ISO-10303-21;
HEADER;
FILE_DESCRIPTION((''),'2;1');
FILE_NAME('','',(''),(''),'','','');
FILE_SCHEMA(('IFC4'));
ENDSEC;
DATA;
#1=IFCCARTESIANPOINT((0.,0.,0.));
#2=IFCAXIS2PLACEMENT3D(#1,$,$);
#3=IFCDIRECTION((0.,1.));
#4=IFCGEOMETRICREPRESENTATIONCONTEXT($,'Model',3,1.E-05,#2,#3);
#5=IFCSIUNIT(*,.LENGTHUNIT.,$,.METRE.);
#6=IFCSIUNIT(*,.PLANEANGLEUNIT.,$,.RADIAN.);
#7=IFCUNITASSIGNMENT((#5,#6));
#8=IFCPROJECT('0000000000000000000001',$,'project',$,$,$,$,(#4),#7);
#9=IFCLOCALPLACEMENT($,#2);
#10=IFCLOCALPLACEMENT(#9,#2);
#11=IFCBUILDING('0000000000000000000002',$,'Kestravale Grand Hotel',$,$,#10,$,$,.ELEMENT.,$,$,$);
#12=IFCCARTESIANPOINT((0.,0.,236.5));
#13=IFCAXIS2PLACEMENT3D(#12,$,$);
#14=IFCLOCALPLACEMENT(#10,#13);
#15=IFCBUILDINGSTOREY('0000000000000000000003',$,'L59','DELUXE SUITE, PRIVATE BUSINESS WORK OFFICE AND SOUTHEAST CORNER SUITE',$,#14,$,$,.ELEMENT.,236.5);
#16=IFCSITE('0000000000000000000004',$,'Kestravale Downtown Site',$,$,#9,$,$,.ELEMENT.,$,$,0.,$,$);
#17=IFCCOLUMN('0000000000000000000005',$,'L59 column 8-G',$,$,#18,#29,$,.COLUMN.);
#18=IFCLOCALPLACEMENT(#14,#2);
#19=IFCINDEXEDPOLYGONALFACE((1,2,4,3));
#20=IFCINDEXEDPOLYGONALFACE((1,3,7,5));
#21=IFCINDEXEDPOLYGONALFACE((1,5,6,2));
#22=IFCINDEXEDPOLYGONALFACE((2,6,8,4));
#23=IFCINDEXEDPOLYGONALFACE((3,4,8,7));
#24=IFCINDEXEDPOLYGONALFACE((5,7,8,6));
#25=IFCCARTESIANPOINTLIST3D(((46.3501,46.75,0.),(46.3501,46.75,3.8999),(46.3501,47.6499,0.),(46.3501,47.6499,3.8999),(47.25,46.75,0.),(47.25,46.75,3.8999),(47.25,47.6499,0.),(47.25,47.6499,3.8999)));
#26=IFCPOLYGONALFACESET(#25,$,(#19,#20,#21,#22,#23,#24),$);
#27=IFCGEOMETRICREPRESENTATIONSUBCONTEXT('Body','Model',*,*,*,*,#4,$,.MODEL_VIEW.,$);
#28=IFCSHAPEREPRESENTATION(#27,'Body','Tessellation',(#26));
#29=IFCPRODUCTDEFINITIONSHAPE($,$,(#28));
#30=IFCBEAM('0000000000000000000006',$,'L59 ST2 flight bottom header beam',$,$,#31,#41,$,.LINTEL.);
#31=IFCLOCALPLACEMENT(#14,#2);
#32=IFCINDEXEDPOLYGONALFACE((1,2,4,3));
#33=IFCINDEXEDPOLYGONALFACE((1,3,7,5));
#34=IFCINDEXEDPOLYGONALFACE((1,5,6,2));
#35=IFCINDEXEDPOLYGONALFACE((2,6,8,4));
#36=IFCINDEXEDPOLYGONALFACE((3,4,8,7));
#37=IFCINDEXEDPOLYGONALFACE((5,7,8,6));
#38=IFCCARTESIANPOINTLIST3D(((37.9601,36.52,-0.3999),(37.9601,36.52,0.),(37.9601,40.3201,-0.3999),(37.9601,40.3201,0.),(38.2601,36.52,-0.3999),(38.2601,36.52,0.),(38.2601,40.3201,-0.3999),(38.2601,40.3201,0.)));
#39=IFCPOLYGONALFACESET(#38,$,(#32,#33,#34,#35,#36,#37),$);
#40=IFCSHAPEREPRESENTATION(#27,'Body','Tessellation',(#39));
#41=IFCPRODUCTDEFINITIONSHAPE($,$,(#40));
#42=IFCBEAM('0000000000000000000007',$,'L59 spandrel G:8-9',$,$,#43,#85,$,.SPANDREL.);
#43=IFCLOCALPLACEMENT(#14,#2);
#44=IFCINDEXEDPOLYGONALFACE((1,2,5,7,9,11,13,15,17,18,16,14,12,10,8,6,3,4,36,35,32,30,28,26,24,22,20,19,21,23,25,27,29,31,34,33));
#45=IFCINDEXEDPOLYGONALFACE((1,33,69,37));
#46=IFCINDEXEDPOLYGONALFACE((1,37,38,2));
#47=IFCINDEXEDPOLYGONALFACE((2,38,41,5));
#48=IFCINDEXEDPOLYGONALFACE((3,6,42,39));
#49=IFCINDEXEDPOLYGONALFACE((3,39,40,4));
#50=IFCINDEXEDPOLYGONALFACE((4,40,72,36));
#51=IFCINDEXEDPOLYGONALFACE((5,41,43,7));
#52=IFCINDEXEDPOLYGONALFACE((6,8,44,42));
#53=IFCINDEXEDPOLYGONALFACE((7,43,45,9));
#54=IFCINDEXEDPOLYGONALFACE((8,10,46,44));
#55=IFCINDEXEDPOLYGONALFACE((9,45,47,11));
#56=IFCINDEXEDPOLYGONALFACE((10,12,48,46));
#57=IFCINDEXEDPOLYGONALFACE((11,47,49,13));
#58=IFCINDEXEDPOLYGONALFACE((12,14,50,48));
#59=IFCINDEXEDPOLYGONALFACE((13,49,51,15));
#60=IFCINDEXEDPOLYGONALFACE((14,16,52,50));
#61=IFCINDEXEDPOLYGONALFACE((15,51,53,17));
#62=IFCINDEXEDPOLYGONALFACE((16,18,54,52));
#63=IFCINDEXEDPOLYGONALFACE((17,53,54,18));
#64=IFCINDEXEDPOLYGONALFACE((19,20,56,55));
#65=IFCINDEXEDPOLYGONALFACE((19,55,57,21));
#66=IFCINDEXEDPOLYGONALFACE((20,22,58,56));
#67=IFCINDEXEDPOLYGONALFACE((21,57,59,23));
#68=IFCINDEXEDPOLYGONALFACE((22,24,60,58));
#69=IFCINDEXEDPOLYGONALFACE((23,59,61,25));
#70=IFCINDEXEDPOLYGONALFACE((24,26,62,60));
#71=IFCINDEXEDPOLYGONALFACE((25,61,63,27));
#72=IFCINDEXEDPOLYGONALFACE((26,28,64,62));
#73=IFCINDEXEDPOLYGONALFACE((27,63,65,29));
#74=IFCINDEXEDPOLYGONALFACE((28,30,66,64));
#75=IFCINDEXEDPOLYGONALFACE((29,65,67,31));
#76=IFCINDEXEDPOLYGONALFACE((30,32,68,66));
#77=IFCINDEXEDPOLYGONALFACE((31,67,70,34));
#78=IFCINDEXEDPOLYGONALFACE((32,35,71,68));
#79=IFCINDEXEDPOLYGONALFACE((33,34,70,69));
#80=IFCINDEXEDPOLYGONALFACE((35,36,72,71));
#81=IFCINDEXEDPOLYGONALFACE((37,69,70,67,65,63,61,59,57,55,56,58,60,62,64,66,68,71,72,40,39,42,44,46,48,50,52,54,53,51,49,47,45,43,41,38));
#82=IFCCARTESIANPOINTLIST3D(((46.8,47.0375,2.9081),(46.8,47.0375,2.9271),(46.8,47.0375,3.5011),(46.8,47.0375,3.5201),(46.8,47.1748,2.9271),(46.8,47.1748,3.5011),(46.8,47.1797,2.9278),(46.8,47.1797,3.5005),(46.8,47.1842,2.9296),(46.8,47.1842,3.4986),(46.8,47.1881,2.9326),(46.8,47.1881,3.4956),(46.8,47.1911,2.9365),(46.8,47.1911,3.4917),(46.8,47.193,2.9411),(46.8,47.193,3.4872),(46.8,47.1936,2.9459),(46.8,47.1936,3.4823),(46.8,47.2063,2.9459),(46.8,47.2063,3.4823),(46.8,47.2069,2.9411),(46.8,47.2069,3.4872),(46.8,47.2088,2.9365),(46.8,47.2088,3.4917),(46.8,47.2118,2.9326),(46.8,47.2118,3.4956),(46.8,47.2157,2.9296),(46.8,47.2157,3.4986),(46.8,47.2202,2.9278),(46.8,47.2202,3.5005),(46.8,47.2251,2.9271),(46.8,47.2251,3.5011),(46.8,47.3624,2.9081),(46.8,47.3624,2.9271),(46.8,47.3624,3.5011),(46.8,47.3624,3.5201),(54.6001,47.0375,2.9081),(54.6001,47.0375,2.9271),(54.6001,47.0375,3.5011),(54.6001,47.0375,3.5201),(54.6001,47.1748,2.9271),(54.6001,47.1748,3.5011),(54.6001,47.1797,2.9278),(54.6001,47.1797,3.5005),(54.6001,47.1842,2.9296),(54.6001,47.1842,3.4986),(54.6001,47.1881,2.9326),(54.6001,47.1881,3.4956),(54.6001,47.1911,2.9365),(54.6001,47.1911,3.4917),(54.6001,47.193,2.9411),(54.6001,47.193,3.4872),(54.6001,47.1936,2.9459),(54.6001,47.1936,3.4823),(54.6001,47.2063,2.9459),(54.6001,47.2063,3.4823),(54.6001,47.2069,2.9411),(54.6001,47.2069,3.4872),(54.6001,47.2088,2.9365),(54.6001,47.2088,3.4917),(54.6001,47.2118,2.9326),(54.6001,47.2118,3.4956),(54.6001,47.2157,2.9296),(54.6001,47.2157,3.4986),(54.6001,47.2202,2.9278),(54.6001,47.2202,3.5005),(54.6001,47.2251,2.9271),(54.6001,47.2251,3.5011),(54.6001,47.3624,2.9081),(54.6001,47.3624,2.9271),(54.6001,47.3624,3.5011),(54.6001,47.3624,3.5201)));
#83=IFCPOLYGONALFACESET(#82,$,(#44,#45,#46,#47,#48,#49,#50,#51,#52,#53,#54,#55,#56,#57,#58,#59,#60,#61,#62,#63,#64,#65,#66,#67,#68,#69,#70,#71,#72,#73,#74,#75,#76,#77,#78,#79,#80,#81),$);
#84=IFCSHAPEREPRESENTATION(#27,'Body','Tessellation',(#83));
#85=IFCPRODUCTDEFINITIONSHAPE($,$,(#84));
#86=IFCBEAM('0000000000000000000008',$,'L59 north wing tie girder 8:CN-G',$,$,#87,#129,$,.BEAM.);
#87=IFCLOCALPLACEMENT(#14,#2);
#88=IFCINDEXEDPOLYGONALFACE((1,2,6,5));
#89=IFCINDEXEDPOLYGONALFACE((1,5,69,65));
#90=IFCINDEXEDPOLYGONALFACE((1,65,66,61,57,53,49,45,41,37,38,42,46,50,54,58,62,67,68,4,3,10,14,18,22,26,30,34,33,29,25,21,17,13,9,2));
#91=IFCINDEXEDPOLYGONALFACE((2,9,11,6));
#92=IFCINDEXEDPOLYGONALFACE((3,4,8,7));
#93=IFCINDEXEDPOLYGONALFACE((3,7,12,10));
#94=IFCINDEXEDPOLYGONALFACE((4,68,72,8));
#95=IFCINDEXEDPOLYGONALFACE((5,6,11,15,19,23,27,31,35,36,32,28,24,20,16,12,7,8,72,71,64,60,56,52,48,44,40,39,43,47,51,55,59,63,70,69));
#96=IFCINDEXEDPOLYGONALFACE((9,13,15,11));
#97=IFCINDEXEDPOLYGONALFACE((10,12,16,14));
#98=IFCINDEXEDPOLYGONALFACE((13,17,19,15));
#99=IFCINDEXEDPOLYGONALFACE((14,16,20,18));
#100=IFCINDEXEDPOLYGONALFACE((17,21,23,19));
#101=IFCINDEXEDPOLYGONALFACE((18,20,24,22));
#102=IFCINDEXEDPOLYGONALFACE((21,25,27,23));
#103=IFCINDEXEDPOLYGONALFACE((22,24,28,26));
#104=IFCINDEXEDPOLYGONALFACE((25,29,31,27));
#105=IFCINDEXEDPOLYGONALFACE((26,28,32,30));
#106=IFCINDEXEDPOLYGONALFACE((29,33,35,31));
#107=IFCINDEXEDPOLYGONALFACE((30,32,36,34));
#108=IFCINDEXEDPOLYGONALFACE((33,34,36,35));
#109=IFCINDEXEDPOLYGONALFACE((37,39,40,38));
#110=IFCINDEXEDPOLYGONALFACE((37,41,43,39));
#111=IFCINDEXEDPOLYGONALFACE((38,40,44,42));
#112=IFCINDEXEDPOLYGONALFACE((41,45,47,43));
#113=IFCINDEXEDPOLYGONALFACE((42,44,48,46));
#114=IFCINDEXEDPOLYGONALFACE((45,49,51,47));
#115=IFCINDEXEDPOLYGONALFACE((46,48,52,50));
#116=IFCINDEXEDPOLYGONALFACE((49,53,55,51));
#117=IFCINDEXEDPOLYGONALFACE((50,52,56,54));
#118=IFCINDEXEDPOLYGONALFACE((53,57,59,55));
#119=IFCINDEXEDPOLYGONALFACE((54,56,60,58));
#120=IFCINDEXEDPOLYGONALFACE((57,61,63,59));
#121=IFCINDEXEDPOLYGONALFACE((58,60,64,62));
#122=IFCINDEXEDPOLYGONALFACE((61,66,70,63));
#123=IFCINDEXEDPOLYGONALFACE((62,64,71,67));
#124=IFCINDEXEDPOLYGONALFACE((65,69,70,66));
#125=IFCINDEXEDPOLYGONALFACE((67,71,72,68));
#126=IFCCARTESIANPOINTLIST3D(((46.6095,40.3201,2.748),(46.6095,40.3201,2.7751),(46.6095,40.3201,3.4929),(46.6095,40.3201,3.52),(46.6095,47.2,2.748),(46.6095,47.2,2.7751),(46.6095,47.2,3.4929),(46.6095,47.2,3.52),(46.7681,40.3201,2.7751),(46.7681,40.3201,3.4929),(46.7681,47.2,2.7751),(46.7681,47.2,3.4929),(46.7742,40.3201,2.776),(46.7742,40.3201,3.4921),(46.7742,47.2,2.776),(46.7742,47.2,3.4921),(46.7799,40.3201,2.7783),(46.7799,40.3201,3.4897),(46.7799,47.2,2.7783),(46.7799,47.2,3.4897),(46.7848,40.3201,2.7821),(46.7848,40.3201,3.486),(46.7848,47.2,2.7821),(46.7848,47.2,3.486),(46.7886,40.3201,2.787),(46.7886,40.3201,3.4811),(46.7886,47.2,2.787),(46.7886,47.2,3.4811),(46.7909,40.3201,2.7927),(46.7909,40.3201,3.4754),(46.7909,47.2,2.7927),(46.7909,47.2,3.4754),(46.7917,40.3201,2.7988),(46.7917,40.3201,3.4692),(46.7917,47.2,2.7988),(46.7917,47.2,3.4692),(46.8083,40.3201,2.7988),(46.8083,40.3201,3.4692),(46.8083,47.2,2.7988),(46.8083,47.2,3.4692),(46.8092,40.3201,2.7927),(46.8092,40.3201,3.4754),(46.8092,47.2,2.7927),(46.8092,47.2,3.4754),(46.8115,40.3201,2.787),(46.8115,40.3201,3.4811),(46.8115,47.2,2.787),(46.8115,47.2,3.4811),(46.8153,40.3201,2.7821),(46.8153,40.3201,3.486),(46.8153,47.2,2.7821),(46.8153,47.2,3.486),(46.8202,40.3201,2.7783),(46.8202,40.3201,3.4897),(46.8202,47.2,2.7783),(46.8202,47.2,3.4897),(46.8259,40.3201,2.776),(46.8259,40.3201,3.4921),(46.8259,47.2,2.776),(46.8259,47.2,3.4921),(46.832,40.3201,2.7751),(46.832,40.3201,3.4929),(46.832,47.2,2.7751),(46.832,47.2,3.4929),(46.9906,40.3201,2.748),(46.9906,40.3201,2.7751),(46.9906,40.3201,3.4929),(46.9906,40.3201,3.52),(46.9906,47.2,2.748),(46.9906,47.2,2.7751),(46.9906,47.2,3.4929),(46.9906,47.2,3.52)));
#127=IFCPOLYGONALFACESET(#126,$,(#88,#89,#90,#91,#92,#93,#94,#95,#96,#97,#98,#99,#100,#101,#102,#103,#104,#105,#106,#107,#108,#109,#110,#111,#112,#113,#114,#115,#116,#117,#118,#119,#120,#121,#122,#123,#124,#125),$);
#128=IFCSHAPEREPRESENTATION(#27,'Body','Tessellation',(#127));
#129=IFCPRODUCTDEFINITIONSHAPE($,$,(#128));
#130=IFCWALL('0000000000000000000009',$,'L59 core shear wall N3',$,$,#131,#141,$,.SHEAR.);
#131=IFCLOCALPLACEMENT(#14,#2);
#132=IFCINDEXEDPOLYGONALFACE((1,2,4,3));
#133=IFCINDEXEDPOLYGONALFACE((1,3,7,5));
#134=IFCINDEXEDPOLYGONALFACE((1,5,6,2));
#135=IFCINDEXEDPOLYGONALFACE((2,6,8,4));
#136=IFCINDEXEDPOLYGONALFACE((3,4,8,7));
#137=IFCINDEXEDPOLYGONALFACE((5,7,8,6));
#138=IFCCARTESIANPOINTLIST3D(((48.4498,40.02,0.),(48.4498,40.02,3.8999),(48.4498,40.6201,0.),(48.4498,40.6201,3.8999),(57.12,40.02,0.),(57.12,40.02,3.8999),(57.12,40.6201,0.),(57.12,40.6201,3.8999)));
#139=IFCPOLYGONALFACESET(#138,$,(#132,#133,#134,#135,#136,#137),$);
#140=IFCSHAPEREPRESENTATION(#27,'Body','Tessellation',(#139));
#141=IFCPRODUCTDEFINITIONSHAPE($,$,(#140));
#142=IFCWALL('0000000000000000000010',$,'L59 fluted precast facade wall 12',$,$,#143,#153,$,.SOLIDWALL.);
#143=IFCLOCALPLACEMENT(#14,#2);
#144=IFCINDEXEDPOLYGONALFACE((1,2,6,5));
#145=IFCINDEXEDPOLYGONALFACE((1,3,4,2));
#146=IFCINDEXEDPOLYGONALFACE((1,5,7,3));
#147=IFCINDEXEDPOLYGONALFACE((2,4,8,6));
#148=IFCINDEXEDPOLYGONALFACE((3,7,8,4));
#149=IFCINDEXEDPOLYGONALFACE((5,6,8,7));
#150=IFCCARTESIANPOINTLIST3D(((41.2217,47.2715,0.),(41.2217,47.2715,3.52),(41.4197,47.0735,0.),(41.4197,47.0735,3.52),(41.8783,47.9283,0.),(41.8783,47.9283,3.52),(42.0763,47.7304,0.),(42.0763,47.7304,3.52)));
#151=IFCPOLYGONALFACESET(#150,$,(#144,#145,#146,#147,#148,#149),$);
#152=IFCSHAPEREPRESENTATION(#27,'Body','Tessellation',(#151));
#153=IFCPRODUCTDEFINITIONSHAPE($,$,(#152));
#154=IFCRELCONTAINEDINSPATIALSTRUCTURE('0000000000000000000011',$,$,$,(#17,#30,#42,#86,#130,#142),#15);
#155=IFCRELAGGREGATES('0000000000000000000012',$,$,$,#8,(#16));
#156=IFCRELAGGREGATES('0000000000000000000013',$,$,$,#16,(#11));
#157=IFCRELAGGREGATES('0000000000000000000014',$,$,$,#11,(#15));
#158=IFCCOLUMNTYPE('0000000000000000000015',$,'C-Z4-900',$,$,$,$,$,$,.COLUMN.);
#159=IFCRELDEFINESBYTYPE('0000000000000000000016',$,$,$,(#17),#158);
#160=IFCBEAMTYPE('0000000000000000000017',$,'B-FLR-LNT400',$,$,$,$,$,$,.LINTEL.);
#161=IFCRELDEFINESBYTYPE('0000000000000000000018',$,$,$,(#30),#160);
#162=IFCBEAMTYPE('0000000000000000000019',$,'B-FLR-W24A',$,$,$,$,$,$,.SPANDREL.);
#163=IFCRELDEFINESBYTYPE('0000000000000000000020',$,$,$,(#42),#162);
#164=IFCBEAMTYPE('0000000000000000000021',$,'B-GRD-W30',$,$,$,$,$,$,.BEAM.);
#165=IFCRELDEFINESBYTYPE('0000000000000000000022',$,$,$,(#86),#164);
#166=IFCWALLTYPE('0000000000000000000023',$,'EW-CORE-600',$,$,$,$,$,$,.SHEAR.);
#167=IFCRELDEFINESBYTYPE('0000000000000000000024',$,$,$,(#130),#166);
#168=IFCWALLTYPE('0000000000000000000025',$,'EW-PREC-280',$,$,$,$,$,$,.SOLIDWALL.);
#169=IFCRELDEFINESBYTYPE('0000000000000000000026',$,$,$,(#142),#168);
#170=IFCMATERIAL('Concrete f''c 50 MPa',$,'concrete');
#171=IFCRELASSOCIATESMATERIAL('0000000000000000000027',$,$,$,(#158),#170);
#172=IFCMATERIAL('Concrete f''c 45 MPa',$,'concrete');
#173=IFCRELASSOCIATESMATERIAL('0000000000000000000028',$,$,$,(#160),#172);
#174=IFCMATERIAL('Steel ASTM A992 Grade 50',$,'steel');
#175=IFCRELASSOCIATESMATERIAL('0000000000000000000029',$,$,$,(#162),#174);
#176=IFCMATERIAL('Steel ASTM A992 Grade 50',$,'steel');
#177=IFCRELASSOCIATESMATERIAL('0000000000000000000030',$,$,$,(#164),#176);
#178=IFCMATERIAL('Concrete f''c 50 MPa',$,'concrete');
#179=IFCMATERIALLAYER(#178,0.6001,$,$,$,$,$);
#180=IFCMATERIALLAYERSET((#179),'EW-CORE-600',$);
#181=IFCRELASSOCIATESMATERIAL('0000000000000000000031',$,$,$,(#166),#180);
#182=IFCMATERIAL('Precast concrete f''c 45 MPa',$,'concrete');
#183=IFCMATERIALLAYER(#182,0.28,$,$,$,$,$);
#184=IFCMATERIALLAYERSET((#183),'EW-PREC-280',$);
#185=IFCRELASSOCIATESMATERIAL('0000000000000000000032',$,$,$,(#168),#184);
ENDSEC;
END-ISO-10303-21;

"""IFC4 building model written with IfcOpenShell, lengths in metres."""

from ifc_helpers import new_model, si_unit, direction, frame, frame_2d, origin, origin_2d, place, context, subcontext, project, spatial, rectangle, i_section, extrude, material, layer, layer_set, material_profile, profile_set, type_object, element, save


model = new_model("IFC4")

# Units and contexts
model_context = context("Model", 3, precision=1e-05, world=origin(), true_north=direction((0.0, 1.0)))
body_context = subcontext(model_context, "Body", "Model", "MODEL_VIEW")
ifc_project = project(units=[si_unit("LENGTHUNIT", "METRE"), si_unit("PLANEANGLEUNIT", "RADIAN")], contexts=[model_context])

# Site, building, storey
site_placement = place(None, origin())
site = spatial("IfcSite", under=ifc_project, at=site_placement, Name="Kestravale Downtown Site", CompositionType="ELEMENT", RefElevation=0.0)
building_placement = place(site_placement, origin())
building = spatial("IfcBuilding", under=site, at=building_placement, Name="Kestravale Grand Hotel", CompositionType="ELEMENT")
storey_placement = place(building_placement, frame((0.0, 0.0, 236.5)))
storey = spatial("IfcBuildingStorey", under=building, at=storey_placement, Name="L59", Description="DELUXE SUITE, PRIVATE BUSINESS WORK OFFICE AND SOUTHEAST CORNER SUITE", CompositionType="ELEMENT", Elevation=236.5)

# Column
ifc_material_1 = material(Name="Concrete f'c 50 MPa", Category="concrete")
ifc_material_profile_1 = material_profile(ifc_material_1, rectangle(XDim=0.8999, YDim=0.8999, at=origin_2d()))
ifc_profile_set_1 = profile_set([ifc_material_profile_1], Name="Concrete f'c 50 MPa")
column_type = type_object("IfcColumnType", Name="C-Z4-900", PredefinedType="COLUMN", material=ifc_profile_set_1)
column_placement = place(storey_placement, frame((46.8, 47.2, 0.0), z_axis=(0.0, 0.0, 1.0), x_axis=(1.0, 0.0, 0.0)))
element("IfcColumn", 1, at=column_placement, inside=storey, type_object=column_type, Name="L59 column 8-G", PredefinedType="COLUMN", context=body_context, shape_type="SweptSolid", body=[
    extrude(rectangle(XDim=0.8999, YDim=0.8999, at=origin_2d()), origin(), (0.0, 0.0, 1.0), 3.8999),
])

# Beams
ifc_material_2 = material(Name="Concrete f'c 45 MPa", Category="concrete")
ifc_material_profile_2 = material_profile(ifc_material_2, rectangle(XDim=0.3, YDim=0.3999, at=origin_2d()))
ifc_profile_set_2 = profile_set([ifc_material_profile_2], Name="Concrete f'c 45 MPa")
beam_type_1 = type_object("IfcBeamType", Name="B-FLR-LNT400", PredefinedType="LINTEL", material=ifc_profile_set_2)
beam_1_placement = place(storey_placement, frame((38.1101, 36.52, -0.2), z_axis=(0.0, 1.0, 0.0), x_axis=(-1.0, 0.0, 0.0)))
element("IfcBeam", 2, at=beam_1_placement, inside=storey, type_object=beam_type_1, Name="L59 ST2 flight bottom header beam", PredefinedType="LINTEL", context=body_context, shape_type="SweptSolid", body=[
    extrude(rectangle(XDim=0.3, YDim=0.3999, at=origin_2d()), origin(), (0.0, 0.0, 1.0), 3.8),
])
ifc_material_3 = material(Name="Steel ASTM A992 Grade 50", Category="steel")
ifc_material_profile_3 = material_profile(ifc_material_3, i_section(OverallWidth=0.325, OverallDepth=0.6121, WebThickness=0.0127, FlangeThickness=0.019, FilletRadius=0.0188, at=origin_2d()))
ifc_profile_set_3 = profile_set([ifc_material_profile_3], Name="Steel ASTM A992 Grade 50")
beam_type_2 = type_object("IfcBeamType", Name="B-FLR-W24A", PredefinedType="SPANDREL", material=ifc_profile_set_3)
beam_2_placement = place(storey_placement, frame((46.8, 47.2, 3.2141), z_axis=(1.0, 0.0, 0.0), x_axis=(0.0, 1.0, 0.0)))
element("IfcBeam", 3, at=beam_2_placement, inside=storey, type_object=beam_type_2, Name="L59 spandrel G:8-9", PredefinedType="SPANDREL", context=body_context, shape_type="SweptSolid", body=[
    extrude(i_section(OverallWidth=0.325, OverallDepth=0.6121, WebThickness=0.0127, FlangeThickness=0.019, FilletRadius=0.0188, at=origin_2d()), origin(), (0.0, 0.0, 1.0), 7.8),
])
ifc_material_4 = material(Name="Steel ASTM A992 Grade 50", Category="steel")
ifc_material_profile_4 = material_profile(ifc_material_4, i_section(OverallWidth=0.3811, OverallDepth=0.772, WebThickness=0.0166, FlangeThickness=0.0271, FilletRadius=0.0237, at=origin_2d()))
ifc_profile_set_4 = profile_set([ifc_material_profile_4], Name="Steel ASTM A992 Grade 50")
beam_type_3 = type_object("IfcBeamType", Name="B-GRD-W30", PredefinedType="BEAM", material=ifc_profile_set_4)
beam_3_placement = place(storey_placement, frame((46.8, 40.3201, 3.134), z_axis=(0.0, 1.0, 0.0), x_axis=(-1.0, 0.0, 0.0)))
element("IfcBeam", 4, at=beam_3_placement, inside=storey, type_object=beam_type_3, Name="L59 north wing tie girder 8:CN-G", PredefinedType="BEAM", context=body_context, shape_type="SweptSolid", body=[
    extrude(i_section(OverallWidth=0.3811, OverallDepth=0.772, WebThickness=0.0166, FlangeThickness=0.0271, FilletRadius=0.0237, at=origin_2d()), origin(), (0.0, 0.0, 1.0), 6.8799),
])

# Walls
ifc_material_5 = material(Name="Concrete f'c 50 MPa", Category="concrete")
ifc_layer_1 = layer(ifc_material_5, 0.6001)
ifc_layer_set_1 = layer_set([ifc_layer_1], Name="EW-CORE-600")
wall_type_1 = type_object("IfcWallType", Name="EW-CORE-600", PredefinedType="SHEAR", material=ifc_layer_set_1)
wall_1_placement = place(storey_placement, frame((48.45, 40.3201, 0.0), z_axis=(0.0, 0.0, 1.0), x_axis=(1.0, 0.0, 0.0)))
element("IfcWall", 5, at=wall_1_placement, inside=storey, type_object=wall_type_1, Name="L59 core shear wall N3", PredefinedType="SHEAR", context=body_context, shape_type="SweptSolid", body=[
    extrude(rectangle(XDim=8.6702, YDim=0.6001, at=frame_2d((4.335, 0.0))), origin(), (0.0, 0.0, 1.0), 3.8999),
])
ifc_material_6 = material(Name="Precast concrete f'c 45 MPa", Category="concrete")
ifc_layer_2 = layer(ifc_material_6, 0.28)
ifc_layer_set_2 = layer_set([ifc_layer_2], Name="EW-PREC-280")
wall_type_2 = type_object("IfcWallType", Name="EW-PREC-280", PredefinedType="SOLIDWALL", material=ifc_layer_set_2)
wall_2_placement = place(storey_placement, frame((41.9773, 47.8293, 0.0), z_axis=(0.0, 0.0, 1.0), x_axis=(-0.706975, -0.707238, 0.0)))
element("IfcWall", 6, at=wall_2_placement, inside=storey, type_object=wall_type_2, Name="L59 fluted precast facade wall 12", PredefinedType="SOLIDWALL", context=body_context, shape_type="SweptSolid", body=[
    extrude(rectangle(XDim=0.9287, YDim=0.28, at=frame_2d((0.4644, 0.0))), origin(), (0.0, 0.0, 1.0), 3.52),
])

save(model, "model.ifc")
